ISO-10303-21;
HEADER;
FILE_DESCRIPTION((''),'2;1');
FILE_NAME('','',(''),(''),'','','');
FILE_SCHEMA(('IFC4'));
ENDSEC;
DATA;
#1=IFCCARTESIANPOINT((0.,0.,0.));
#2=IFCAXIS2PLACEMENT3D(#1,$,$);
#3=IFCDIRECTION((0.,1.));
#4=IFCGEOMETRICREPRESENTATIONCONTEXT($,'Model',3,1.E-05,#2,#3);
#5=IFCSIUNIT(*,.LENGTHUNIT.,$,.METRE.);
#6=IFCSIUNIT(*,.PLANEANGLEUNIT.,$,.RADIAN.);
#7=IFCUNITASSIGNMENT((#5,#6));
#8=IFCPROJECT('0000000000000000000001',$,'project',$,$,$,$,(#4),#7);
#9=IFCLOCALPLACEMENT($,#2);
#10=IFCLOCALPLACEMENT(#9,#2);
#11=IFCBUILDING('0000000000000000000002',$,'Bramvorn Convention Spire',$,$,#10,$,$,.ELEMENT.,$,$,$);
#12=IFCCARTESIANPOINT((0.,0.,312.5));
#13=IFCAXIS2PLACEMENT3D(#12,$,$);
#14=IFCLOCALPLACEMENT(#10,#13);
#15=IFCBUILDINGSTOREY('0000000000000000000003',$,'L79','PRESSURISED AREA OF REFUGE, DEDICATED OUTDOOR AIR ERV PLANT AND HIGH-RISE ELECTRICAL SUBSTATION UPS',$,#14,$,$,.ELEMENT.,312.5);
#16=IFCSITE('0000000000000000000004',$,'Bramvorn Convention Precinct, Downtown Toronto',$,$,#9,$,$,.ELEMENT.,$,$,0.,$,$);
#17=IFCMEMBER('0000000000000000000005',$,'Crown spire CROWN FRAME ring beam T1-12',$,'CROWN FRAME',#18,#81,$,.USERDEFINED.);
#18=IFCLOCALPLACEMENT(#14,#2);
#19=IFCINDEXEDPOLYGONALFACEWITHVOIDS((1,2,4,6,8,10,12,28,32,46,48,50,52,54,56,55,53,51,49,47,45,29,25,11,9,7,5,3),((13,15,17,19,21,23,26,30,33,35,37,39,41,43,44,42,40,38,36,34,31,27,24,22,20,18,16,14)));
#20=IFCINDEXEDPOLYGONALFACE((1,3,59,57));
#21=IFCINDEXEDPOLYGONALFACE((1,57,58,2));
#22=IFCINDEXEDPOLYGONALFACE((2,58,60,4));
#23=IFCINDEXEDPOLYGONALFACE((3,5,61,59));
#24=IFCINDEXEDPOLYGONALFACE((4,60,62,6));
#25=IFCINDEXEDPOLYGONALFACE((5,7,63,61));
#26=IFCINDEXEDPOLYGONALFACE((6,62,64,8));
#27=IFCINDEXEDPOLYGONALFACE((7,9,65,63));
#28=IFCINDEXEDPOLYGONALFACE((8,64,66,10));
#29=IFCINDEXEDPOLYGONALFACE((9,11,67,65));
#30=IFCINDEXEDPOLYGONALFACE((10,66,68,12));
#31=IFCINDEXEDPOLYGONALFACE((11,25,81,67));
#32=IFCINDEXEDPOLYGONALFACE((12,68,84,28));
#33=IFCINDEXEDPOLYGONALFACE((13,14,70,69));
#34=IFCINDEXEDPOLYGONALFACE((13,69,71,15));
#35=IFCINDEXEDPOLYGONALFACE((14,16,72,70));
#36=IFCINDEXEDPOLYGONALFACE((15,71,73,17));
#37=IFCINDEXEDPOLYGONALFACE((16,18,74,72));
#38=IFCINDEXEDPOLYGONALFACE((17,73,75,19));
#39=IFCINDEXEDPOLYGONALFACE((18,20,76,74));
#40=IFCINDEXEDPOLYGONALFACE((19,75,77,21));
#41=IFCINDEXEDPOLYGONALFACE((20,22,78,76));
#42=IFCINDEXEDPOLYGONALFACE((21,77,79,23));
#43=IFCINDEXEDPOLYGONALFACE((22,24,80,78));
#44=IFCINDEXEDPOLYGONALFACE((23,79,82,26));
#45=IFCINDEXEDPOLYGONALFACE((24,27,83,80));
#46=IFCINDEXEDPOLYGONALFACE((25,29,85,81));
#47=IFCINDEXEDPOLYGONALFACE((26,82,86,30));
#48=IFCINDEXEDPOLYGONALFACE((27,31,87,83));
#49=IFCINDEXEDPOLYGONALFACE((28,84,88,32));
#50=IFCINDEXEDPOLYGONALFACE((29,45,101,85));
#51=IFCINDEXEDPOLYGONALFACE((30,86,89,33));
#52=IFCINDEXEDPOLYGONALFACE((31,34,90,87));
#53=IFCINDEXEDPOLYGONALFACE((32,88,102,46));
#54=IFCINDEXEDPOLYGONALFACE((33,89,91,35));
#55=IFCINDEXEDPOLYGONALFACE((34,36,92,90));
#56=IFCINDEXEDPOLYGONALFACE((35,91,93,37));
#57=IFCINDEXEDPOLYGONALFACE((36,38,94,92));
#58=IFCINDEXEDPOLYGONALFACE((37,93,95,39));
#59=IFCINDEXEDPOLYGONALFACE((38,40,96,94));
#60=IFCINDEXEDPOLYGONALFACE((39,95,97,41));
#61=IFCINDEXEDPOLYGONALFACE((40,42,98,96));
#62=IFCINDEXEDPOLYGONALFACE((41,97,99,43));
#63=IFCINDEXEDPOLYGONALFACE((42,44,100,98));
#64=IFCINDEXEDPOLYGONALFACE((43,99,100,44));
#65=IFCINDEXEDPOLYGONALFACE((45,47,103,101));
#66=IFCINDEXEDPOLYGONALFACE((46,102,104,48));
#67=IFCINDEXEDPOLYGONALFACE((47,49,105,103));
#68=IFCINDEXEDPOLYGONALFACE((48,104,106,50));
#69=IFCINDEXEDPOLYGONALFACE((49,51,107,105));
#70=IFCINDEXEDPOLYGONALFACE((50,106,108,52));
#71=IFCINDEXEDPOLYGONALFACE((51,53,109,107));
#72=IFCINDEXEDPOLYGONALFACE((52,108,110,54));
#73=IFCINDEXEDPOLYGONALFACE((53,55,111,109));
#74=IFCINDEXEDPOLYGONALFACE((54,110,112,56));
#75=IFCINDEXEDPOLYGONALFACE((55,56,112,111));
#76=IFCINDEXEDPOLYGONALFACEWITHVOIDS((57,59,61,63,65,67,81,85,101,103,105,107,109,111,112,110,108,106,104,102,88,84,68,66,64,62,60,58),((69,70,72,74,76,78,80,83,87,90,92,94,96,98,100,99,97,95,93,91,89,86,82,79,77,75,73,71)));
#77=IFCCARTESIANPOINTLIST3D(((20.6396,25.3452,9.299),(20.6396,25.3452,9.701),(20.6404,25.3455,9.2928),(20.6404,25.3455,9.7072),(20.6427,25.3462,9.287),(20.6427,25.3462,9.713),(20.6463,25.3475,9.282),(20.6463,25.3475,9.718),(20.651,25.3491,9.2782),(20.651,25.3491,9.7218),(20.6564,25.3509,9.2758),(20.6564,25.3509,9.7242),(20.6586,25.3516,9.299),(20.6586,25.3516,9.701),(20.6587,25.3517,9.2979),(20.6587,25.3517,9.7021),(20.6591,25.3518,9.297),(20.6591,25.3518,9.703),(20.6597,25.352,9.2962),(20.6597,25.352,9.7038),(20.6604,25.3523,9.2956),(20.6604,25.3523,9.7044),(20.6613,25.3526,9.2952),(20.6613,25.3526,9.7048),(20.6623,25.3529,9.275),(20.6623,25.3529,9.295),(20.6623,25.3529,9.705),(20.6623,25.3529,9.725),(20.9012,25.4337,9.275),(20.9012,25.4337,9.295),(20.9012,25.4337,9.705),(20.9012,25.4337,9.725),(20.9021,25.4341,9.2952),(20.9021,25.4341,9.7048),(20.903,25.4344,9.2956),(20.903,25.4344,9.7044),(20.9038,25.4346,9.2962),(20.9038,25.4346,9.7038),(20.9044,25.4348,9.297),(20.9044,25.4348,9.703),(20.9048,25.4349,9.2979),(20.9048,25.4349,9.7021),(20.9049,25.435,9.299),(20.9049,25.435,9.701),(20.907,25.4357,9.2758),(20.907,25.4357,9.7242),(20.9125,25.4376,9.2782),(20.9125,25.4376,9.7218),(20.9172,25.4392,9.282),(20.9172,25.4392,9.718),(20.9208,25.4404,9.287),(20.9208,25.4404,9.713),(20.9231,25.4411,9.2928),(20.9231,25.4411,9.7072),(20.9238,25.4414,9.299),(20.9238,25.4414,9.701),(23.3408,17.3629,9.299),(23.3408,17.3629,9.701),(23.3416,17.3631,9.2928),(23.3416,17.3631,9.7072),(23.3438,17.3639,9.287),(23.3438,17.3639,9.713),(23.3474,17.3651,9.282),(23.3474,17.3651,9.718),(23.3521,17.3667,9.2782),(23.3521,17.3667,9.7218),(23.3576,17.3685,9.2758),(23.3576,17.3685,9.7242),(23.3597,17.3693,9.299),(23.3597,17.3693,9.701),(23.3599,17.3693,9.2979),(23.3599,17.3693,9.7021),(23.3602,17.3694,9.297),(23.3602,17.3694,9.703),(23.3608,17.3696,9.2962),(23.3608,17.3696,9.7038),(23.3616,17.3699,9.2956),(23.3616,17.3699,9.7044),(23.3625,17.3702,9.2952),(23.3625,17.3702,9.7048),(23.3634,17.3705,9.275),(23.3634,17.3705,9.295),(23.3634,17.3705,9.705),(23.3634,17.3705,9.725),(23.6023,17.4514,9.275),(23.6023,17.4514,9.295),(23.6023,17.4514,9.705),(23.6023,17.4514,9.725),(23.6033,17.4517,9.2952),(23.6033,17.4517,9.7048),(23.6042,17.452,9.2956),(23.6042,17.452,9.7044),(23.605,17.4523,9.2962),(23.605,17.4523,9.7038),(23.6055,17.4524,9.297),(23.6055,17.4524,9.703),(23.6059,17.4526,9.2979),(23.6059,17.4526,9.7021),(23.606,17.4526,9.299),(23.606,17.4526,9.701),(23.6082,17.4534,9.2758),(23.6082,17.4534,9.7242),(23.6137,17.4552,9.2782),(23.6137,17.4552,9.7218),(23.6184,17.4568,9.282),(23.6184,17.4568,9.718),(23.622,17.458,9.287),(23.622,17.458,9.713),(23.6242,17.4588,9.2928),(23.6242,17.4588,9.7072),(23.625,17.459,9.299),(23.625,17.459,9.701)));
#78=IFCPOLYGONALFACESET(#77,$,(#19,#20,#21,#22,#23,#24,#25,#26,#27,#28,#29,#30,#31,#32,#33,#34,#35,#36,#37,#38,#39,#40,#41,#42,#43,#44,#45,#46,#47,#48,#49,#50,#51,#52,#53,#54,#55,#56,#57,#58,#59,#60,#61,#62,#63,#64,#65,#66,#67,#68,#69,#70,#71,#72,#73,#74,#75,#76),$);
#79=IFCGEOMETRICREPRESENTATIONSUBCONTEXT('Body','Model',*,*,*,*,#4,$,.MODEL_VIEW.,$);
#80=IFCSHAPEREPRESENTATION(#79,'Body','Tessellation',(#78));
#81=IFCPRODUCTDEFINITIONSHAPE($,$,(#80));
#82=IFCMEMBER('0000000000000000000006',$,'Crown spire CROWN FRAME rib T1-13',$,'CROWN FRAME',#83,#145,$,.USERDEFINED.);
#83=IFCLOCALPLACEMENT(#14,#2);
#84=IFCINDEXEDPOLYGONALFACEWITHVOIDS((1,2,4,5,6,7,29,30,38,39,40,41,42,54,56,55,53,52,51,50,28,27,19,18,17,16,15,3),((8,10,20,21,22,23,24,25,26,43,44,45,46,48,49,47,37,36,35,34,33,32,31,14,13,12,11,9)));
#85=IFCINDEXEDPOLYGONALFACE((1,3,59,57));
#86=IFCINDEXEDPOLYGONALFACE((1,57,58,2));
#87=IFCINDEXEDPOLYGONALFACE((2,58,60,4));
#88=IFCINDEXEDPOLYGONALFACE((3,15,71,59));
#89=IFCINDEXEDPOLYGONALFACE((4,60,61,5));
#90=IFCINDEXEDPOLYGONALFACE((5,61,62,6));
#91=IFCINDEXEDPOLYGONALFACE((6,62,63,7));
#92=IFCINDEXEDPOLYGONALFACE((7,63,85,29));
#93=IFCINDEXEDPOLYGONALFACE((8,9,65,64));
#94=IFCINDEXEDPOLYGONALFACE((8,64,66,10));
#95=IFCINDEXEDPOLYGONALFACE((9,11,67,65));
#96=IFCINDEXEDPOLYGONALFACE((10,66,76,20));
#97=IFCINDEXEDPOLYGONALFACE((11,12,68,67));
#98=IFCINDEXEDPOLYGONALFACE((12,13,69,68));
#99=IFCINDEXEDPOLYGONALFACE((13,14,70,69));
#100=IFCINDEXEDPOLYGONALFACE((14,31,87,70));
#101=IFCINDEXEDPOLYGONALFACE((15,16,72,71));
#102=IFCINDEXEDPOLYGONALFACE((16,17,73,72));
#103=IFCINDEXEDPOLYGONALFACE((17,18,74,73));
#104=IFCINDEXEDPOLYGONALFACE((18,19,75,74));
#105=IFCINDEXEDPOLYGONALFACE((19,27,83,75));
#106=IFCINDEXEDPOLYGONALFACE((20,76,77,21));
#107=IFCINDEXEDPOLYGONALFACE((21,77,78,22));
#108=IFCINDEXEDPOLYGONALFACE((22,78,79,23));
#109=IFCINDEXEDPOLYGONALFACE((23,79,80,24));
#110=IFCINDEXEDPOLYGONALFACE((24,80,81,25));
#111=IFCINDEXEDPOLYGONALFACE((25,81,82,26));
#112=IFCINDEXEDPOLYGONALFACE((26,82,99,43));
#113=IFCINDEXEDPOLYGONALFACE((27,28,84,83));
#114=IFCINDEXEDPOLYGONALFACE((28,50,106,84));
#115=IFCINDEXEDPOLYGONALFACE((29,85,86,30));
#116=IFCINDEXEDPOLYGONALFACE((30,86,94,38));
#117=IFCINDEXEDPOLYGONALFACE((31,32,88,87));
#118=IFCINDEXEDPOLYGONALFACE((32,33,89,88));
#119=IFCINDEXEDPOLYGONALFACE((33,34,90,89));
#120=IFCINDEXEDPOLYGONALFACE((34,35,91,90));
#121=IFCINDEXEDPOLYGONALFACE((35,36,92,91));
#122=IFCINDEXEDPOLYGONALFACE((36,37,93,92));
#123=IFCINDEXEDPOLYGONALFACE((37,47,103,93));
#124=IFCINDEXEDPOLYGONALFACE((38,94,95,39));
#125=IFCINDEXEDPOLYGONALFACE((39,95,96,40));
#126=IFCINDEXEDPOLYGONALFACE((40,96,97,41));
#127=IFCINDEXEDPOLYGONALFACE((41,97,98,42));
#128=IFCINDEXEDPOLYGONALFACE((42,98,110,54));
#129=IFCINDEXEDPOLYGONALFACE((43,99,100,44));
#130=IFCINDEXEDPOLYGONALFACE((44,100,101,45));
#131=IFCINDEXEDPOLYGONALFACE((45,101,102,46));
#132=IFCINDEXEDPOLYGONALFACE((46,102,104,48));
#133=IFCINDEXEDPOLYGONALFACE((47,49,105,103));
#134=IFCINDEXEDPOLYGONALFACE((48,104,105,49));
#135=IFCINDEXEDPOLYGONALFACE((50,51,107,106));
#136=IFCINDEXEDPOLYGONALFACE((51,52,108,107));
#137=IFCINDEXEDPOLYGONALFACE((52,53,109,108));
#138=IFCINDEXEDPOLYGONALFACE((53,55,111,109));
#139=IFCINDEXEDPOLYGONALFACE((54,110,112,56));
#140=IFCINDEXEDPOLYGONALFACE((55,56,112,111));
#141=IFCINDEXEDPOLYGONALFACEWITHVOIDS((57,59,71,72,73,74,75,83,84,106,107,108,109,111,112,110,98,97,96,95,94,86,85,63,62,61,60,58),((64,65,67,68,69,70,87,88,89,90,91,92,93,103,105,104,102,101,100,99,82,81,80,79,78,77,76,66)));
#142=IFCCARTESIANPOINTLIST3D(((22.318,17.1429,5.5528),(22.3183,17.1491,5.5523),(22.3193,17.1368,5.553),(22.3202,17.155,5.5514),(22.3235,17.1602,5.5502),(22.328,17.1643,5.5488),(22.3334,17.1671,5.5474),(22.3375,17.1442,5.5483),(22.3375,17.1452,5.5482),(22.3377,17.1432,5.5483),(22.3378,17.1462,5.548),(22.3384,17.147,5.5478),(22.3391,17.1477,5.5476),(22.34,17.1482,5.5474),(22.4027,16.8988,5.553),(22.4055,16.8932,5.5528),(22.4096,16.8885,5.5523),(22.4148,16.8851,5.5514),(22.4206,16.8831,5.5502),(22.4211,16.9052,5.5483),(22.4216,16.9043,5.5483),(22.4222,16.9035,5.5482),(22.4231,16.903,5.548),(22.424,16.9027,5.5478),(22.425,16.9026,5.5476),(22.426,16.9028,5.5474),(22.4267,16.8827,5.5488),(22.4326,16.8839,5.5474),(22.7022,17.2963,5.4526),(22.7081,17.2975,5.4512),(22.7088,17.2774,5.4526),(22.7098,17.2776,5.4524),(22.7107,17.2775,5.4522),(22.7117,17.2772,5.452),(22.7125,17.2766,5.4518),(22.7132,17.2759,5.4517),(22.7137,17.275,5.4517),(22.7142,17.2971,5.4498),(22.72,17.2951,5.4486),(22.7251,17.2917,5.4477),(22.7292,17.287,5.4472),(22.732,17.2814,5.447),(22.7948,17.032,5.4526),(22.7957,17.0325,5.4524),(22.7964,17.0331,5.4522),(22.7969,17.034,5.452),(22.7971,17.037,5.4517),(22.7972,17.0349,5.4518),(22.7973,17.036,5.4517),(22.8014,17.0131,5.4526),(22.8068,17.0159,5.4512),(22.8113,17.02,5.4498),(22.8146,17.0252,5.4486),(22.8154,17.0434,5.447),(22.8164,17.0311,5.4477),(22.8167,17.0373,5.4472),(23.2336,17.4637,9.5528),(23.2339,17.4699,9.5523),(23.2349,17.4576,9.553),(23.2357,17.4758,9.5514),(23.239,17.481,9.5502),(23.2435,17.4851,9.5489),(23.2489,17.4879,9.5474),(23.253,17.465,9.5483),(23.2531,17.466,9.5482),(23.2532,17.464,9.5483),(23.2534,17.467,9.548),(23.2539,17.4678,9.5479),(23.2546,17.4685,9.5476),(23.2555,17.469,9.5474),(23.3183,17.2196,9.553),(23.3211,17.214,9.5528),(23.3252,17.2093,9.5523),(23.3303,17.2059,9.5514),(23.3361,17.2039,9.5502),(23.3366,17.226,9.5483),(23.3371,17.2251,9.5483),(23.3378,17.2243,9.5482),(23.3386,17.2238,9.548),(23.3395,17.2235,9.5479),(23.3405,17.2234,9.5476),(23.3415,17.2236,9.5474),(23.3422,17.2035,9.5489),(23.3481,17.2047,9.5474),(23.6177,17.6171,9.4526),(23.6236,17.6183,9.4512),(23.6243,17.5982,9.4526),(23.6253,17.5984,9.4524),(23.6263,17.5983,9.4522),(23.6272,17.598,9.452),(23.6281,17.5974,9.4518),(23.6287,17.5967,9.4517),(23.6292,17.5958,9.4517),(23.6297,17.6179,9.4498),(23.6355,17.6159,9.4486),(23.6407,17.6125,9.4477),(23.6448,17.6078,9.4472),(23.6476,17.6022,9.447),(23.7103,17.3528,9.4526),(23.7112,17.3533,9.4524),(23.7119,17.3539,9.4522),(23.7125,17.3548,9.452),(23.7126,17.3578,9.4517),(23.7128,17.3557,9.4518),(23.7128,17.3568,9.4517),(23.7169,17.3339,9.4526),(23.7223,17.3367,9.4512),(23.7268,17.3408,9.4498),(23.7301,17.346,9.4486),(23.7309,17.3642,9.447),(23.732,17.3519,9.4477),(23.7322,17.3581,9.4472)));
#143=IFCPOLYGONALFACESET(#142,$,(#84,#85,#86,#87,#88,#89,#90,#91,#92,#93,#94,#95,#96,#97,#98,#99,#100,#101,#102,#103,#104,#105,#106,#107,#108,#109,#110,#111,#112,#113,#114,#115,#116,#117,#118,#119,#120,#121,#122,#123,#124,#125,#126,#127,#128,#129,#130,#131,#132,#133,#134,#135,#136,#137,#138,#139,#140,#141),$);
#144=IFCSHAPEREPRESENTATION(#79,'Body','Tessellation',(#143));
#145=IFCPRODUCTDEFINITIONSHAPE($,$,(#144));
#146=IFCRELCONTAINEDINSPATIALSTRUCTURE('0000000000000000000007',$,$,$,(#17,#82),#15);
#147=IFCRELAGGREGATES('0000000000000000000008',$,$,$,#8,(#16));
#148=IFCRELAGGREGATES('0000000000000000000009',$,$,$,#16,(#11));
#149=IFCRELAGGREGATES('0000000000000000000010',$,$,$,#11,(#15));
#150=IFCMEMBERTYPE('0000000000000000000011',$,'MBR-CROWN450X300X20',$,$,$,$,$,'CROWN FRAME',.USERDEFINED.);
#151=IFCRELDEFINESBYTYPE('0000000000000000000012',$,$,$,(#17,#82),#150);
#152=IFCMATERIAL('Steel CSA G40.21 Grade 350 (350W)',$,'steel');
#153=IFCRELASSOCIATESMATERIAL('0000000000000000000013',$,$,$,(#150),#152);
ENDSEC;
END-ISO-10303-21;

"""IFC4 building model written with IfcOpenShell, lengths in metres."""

from ifc_helpers import new_model, si_unit, direction, frame, origin, origin_2d, place, context, subcontext, project, spatial, hollow_rectangle, extrude, material, material_profile, profile_set, type_object, element, save


model = new_model("IFC4")

# Units and contexts
model_context = context("Model", 3, precision=1e-05, world=origin(), true_north=direction((0.0, 1.0)))
body_context = subcontext(model_context, "Body", "Model", "MODEL_VIEW")
ifc_project = project(units=[si_unit("LENGTHUNIT", "METRE"), si_unit("PLANEANGLEUNIT", "RADIAN")], contexts=[model_context])

# Site, building, storey
site_placement = place(None, origin())
site = spatial("IfcSite", under=ifc_project, at=site_placement, Name="Bramvorn Convention Precinct, Downtown Toronto", CompositionType="ELEMENT", RefElevation=0.0)
building_placement = place(site_placement, origin())
building = spatial("IfcBuilding", under=site, at=building_placement, Name="Bramvorn Convention Spire", CompositionType="ELEMENT")
storey_placement = place(building_placement, frame((0.0, 0.0, 312.5)))
storey = spatial("IfcBuildingStorey", under=building, at=storey_placement, Name="L79", Description="PRESSURISED AREA OF REFUGE, DEDICATED OUTDOOR AIR ERV PLANT AND HIGH-RISE ELECTRICAL SUBSTATION UPS", CompositionType="ELEMENT", Elevation=312.5)

# Shared definitions
ifc_material_1 = material(Name="Steel CSA G40.21 Grade 350 (350W)", Category="steel")

# Members
ifc_material_profile_1 = material_profile(ifc_material_1, hollow_rectangle(XDim=0.3, YDim=0.45, WallThickness=0.02, InnerFilletRadius=0.0039, OuterFilletRadius=0.0239, at=origin_2d()))
ifc_profile_set_1 = profile_set([ifc_material_profile_1], Name="Steel CSA G40.21 Grade 350 (350W) - CROWN450X300X20")
member_type_1 = type_object("IfcMemberType", Name="MBR-CROWN450X300X20", ElementType="CROWN FRAME", PredefinedType="USERDEFINED", material=ifc_profile_set_1)
member_1_placement = place(storey_placement, frame((20.7817, 25.3933, 9.5), z_axis=(0.320535, -0.947237, 0.0), x_axis=(0.947237, 0.320535, 0.0)))
element("IfcMember", 1, at=member_1_placement, inside=storey, type_object=member_type_1, Name="Crown spire CROWN FRAME ring beam T1-12", ObjectType="CROWN FRAME", PredefinedType="USERDEFINED", context=body_context, shape_type="SweptSolid", body=[
    extrude(hollow_rectangle(XDim=0.3, YDim=0.45, WallThickness=0.02, InnerFilletRadius=0.0039, OuterFilletRadius=0.0239, at=origin_2d()), origin(), (0.0, 0.0, 1.0), 8.427),
])
member_2_placement = place(storey_placement, frame((22.5674, 17.0901, 5.5), z_axis=(0.222434, 0.077941, 0.971827), x_axis=(-0.330687, 0.943741, 0.0)))
element("IfcMember", 2, at=member_2_placement, inside=storey, type_object=member_type_1, Name="Crown spire CROWN FRAME rib T1-13", ObjectType="CROWN FRAME", PredefinedType="USERDEFINED", context=body_context, shape_type="SweptSolid", body=[
    extrude(hollow_rectangle(XDim=0.3, YDim=0.45, WallThickness=0.02, InnerFilletRadius=0.0039, OuterFilletRadius=0.0239, at=origin_2d()), origin(), (0.0, 0.0, 1.0), 4.116),
])

save(model, "model.ifc")
